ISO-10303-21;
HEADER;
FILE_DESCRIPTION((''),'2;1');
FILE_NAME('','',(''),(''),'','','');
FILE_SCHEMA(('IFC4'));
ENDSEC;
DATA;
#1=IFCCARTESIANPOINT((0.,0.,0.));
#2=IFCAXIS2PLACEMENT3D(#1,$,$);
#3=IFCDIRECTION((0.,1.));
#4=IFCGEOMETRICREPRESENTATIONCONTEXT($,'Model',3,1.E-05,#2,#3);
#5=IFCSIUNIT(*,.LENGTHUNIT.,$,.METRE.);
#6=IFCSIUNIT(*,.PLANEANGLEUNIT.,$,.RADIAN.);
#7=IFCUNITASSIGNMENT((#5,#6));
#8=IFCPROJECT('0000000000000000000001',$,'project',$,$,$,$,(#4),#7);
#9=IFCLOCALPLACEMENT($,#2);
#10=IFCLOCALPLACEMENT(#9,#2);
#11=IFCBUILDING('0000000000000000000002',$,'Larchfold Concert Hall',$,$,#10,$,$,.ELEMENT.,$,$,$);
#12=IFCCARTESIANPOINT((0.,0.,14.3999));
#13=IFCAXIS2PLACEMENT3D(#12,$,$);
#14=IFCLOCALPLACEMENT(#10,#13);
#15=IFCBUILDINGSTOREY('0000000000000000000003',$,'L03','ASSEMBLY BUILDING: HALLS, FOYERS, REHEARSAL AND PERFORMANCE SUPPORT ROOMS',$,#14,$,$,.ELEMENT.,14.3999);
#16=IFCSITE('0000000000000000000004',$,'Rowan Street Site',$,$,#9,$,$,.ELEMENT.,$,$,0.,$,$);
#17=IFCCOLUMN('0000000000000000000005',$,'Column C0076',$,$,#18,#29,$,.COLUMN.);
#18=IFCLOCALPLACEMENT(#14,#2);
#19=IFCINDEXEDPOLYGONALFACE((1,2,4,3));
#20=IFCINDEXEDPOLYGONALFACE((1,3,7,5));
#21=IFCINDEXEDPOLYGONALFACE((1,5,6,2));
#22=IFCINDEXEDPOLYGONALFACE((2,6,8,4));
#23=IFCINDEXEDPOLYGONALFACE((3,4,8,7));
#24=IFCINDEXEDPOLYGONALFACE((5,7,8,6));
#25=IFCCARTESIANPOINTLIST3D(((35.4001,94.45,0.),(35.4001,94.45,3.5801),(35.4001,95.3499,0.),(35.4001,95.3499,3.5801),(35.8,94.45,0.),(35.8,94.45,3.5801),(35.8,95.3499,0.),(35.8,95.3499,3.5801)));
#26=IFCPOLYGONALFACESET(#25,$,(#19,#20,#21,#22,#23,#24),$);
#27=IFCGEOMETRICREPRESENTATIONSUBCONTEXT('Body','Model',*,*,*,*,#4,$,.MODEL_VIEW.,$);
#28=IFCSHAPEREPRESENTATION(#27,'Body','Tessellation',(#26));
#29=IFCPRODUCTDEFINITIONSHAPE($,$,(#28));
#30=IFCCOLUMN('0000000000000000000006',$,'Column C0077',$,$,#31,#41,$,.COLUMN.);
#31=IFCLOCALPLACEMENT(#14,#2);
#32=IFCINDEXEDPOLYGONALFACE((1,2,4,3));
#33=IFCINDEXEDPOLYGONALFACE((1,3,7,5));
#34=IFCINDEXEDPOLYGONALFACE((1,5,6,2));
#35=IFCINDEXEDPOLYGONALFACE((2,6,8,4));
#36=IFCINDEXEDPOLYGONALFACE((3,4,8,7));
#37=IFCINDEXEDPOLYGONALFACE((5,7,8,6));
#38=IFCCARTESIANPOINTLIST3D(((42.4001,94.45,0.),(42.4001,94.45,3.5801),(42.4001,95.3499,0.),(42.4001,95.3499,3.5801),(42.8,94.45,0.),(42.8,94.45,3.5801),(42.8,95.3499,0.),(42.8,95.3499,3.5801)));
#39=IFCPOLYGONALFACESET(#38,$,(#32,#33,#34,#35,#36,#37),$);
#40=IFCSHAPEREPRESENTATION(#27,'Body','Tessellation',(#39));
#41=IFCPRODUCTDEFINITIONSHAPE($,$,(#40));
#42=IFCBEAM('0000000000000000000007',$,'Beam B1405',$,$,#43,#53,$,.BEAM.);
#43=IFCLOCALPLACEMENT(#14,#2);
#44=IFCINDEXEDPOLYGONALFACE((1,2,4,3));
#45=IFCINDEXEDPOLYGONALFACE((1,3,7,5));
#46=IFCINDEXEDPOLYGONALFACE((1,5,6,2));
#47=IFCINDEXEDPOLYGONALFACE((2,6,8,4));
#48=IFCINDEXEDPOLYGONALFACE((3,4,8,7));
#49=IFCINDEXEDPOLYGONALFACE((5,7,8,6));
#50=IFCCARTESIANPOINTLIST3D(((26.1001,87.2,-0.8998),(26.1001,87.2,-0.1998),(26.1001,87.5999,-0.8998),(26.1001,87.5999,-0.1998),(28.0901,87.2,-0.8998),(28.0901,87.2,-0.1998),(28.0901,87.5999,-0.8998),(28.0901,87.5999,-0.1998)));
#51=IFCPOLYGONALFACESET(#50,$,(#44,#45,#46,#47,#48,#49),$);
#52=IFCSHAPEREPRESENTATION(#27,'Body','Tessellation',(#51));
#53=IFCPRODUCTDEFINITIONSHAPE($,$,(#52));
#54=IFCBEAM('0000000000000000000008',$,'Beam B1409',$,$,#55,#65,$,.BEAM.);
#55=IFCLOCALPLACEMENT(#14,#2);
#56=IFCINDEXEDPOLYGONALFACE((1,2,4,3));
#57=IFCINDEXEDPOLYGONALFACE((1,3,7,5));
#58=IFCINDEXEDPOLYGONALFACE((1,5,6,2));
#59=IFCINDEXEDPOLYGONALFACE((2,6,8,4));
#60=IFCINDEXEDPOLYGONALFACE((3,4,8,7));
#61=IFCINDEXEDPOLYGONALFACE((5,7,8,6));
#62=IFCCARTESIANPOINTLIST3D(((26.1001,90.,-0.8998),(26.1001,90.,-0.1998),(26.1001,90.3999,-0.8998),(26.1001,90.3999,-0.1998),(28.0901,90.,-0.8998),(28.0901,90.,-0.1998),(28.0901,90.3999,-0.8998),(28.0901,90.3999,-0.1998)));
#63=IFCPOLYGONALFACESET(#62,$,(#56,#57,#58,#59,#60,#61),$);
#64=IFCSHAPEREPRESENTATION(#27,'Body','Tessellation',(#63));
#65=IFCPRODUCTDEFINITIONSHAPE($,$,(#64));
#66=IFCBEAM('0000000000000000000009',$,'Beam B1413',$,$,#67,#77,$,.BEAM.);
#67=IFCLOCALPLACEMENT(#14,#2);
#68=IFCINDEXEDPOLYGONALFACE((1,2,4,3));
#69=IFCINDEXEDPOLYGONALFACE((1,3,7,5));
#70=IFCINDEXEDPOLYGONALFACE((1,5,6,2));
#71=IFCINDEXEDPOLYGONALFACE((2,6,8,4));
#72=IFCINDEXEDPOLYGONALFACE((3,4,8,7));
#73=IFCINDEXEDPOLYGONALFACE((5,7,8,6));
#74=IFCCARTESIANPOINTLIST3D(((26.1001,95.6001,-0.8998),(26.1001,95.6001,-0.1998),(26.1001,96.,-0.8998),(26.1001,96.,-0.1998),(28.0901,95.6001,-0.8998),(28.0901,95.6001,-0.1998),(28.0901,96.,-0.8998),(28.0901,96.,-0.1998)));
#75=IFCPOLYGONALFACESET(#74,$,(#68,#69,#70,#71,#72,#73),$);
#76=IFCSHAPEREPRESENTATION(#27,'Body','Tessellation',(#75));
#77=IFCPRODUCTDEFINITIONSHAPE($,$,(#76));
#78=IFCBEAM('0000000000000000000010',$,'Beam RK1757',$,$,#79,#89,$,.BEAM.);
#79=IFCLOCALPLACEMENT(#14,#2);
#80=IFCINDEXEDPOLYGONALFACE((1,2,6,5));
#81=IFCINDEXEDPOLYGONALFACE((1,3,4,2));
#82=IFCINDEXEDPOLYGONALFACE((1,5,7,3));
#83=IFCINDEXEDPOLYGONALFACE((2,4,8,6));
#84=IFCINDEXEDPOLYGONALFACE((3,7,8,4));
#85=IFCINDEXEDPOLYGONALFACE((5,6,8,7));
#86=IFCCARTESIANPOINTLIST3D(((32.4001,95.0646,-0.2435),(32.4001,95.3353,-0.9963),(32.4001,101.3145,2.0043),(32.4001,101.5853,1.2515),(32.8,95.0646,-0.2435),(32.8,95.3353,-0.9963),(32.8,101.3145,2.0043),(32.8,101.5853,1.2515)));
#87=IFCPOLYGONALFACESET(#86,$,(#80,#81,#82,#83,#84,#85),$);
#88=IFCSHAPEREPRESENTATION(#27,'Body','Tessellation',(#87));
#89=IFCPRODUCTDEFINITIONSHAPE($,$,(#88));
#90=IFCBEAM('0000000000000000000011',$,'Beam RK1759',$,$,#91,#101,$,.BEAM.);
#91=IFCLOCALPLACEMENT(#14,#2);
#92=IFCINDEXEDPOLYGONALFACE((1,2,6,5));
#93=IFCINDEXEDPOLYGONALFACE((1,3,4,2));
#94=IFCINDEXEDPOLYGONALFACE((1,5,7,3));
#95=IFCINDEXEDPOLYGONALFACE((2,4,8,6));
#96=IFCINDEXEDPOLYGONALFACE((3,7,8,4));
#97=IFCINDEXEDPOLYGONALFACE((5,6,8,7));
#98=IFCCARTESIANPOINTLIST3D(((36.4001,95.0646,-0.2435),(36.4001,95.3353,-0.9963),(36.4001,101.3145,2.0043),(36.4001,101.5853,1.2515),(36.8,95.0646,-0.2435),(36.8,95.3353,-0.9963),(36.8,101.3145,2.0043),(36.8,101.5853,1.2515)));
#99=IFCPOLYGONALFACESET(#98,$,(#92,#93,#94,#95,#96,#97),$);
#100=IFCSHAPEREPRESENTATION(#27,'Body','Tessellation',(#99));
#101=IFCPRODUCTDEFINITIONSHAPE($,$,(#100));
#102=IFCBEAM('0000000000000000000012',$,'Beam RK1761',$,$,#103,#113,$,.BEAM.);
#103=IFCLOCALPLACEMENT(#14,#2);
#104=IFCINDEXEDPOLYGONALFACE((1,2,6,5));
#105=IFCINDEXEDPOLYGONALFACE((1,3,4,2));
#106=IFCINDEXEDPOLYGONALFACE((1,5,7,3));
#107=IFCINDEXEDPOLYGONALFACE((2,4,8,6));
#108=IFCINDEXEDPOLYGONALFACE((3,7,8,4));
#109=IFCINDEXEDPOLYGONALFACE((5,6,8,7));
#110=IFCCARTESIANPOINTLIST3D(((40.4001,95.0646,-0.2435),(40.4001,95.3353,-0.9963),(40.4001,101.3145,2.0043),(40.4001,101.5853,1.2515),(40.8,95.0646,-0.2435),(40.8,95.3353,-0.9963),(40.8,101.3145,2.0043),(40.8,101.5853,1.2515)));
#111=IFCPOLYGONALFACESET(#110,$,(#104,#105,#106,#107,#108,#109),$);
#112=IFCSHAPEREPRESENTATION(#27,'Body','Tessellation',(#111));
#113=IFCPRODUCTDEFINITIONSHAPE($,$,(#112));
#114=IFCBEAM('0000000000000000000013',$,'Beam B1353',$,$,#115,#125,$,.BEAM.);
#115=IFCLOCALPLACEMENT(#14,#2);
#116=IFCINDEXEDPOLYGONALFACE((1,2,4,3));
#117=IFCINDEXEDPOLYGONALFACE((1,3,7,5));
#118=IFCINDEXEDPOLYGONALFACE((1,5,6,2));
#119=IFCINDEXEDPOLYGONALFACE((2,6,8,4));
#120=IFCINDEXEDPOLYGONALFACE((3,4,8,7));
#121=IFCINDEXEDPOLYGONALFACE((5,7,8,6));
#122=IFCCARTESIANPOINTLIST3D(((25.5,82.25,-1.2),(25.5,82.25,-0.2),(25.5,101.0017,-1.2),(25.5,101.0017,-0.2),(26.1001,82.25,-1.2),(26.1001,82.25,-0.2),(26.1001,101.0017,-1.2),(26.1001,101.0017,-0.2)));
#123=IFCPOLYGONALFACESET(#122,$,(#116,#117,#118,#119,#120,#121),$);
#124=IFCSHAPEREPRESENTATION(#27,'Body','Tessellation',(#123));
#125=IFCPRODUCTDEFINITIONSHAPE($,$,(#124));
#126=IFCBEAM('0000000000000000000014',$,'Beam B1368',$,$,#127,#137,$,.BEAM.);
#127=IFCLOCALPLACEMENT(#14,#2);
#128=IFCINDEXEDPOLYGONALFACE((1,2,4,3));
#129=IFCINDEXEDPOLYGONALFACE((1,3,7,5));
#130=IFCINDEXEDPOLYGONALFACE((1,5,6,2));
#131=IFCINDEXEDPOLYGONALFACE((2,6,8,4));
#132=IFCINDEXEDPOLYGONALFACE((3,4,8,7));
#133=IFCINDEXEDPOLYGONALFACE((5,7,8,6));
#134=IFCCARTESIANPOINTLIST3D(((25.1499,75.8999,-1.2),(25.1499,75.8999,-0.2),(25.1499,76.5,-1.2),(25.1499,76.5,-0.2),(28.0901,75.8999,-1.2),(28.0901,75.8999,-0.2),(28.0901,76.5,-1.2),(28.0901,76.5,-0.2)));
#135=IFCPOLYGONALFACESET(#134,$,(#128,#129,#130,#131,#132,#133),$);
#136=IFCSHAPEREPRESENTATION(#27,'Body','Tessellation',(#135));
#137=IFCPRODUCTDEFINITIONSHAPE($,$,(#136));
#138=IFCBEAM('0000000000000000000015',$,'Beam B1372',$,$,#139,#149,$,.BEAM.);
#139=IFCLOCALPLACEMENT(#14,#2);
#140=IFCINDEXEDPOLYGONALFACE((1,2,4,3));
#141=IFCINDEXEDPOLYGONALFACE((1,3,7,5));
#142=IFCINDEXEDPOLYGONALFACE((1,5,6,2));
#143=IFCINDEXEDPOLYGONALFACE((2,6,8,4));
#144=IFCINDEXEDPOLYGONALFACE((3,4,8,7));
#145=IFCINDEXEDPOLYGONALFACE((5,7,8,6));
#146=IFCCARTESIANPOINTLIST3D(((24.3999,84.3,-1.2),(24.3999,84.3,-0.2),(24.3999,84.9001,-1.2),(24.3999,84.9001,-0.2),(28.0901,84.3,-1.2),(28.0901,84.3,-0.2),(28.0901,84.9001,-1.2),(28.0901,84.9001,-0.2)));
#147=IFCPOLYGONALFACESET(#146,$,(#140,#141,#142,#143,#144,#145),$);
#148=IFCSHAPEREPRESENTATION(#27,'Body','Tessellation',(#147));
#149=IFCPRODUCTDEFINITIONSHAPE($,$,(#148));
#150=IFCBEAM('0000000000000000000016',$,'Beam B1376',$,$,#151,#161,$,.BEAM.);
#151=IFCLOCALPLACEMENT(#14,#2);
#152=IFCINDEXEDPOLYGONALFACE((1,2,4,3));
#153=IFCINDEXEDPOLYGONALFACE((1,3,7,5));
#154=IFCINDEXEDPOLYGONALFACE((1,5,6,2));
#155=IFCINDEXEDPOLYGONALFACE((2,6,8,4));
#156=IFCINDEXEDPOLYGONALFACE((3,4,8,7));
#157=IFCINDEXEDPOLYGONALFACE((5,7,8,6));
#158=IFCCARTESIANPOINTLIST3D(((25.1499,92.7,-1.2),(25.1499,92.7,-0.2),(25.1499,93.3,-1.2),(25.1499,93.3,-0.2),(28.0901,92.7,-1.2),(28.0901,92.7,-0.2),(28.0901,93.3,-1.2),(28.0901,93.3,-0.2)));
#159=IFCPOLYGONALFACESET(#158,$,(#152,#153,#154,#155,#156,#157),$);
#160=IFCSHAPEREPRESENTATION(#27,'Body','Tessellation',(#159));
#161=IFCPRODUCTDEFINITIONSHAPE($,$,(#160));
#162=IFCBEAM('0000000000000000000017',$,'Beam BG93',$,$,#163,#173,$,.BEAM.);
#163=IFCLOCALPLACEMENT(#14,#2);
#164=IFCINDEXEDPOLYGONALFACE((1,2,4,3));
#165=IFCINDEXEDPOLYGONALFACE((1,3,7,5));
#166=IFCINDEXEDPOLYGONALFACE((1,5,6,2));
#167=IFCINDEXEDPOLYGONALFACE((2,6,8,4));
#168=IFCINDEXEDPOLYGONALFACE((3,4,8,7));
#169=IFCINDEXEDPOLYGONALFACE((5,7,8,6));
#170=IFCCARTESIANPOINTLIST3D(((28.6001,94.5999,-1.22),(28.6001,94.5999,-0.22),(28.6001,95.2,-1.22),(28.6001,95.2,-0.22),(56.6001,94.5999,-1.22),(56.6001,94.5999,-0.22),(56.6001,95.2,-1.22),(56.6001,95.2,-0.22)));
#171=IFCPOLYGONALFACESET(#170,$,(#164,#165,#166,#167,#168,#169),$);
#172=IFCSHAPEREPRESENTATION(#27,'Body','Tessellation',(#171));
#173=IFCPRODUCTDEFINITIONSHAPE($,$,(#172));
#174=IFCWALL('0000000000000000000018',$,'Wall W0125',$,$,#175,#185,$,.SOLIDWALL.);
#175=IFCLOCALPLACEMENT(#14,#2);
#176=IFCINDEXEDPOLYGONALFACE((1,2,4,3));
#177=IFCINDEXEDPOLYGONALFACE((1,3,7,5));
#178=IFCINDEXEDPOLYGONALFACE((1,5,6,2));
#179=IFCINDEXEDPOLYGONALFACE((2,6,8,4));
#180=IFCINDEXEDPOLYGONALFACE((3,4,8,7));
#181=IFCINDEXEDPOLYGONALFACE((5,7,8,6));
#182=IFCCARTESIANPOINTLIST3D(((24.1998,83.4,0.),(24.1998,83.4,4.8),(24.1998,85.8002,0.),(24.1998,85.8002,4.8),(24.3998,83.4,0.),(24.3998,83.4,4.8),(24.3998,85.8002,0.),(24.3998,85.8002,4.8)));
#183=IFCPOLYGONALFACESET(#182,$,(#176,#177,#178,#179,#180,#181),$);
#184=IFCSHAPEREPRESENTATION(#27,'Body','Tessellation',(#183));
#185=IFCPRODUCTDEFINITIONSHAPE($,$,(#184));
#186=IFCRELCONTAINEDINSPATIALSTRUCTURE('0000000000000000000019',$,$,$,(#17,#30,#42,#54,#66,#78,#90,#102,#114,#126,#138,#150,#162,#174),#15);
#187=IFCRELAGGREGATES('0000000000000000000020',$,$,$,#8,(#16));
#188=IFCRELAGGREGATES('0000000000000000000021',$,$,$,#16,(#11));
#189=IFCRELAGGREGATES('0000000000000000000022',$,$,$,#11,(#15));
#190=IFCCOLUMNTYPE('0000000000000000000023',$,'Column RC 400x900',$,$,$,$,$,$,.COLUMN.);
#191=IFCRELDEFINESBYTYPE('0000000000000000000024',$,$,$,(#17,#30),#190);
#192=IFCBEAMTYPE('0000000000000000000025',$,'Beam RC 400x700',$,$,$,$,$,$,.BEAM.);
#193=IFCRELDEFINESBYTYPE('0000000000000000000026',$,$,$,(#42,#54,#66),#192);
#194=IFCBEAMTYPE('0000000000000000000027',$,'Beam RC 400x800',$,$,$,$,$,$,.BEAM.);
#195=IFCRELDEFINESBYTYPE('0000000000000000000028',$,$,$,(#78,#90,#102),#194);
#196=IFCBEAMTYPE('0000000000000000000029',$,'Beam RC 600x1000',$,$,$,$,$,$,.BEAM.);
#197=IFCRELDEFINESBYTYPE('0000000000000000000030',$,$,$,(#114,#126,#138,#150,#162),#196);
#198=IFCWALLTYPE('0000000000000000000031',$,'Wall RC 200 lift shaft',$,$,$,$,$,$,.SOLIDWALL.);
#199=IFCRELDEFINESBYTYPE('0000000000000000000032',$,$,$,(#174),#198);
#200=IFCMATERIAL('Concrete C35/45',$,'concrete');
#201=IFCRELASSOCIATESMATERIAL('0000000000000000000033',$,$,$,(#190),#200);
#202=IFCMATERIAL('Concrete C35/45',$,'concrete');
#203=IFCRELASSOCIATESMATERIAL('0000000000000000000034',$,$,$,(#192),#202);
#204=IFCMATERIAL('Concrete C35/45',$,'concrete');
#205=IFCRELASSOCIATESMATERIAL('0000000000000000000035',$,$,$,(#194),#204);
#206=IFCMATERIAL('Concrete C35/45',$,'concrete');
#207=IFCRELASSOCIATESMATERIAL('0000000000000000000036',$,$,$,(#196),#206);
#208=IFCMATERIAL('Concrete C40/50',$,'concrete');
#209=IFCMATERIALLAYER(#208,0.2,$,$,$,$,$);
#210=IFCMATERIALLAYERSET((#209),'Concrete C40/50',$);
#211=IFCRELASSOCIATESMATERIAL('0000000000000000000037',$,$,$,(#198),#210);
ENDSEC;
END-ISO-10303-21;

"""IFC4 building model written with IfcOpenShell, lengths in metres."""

from ifc_helpers import new_model, si_unit, direction, frame, frame_2d, origin, origin_2d, place, context, subcontext, project, spatial, rectangle, extrude, material, layer, layer_set, material_profile, profile_set, type_object, element, save


model = new_model("IFC4")

# Units and contexts
model_context = context("Model", 3, precision=1e-05, world=origin(), true_north=direction((0.0, 1.0)))
body_context = subcontext(model_context, "Body", "Model", "MODEL_VIEW")
ifc_project = project(units=[si_unit("LENGTHUNIT", "METRE"), si_unit("PLANEANGLEUNIT", "RADIAN")], contexts=[model_context])

# Site, building, storey
site_placement = place(None, origin())
site = spatial("IfcSite", under=ifc_project, at=site_placement, Name="Rowan Street Site", CompositionType="ELEMENT", RefElevation=0.0)
building_placement = place(site_placement, origin())
building = spatial("IfcBuilding", under=site, at=building_placement, Name="Larchfold Concert Hall", CompositionType="ELEMENT")
storey_placement = place(building_placement, frame((0.0, 0.0, 14.3999)))
storey = spatial("IfcBuildingStorey", under=building, at=storey_placement, Name="L03", Description="ASSEMBLY BUILDING: HALLS, FOYERS, REHEARSAL AND PERFORMANCE SUPPORT ROOMS", CompositionType="ELEMENT", Elevation=14.3999)

# Columns
ifc_material_1 = material(Name="Concrete C35/45", Category="concrete")
ifc_material_profile_1 = material_profile(ifc_material_1, rectangle(XDim=0.3999, YDim=0.8999, at=origin_2d()))
ifc_profile_set_1 = profile_set([ifc_material_profile_1], Name="Concrete C35/45")
column_type = type_object("IfcColumnType", Name="Column RC 400x900", PredefinedType="COLUMN", material=ifc_profile_set_1)
for number, where, z_axis, x_axis, name in (
    (1, (35.6001, 94.8999, 0.0), (0.0, 0.0, 1.0), (1.0, 0.0, 0.0), "Column C0076"),
    (2, (42.6001, 94.8999, 0.0), (0.0, 0.0, 1.0), (1.0, 0.0, 0.0), "Column C0077"),
):
    element("IfcColumn", number, at=place(storey_placement, frame(where, z_axis=z_axis, x_axis=x_axis)), inside=storey, type_object=column_type, Name=name, PredefinedType="COLUMN", context=body_context, shape_type="SweptSolid", body=[
        extrude(rectangle(XDim=0.3999, YDim=0.8999, at=origin_2d()), origin(), (0.0, 0.0, 1.0), 3.5801),
    ])

# Beams
ifc_material_2 = material(Name="Concrete C35/45", Category="concrete")
ifc_material_profile_2 = material_profile(ifc_material_2, rectangle(XDim=0.3999, YDim=0.7, at=origin_2d()))
ifc_profile_set_2 = profile_set([ifc_material_profile_2], Name="Concrete C35/45")
beam_type_1 = type_object("IfcBeamType", Name="Beam RC 400x700", PredefinedType="BEAM", material=ifc_profile_set_2)
for number, where, z_axis, x_axis, name in (
    (3, (26.1001, 87.3999, -0.5498), (1.0, 0.0, 0.0), (0.0, 1.0, 0.0), "Beam B1405"),
    (4, (26.1001, 90.2, -0.5498), (1.0, 0.0, 0.0), (0.0, 1.0, 0.0), "Beam B1409"),
    (5, (26.1001, 95.8, -0.5498), (1.0, 0.0, 0.0), (0.0, 1.0, 0.0), "Beam B1413"),
):
    element("IfcBeam", number, at=place(storey_placement, frame(where, z_axis=z_axis, x_axis=x_axis)), inside=storey, type_object=beam_type_1, Name=name, PredefinedType="BEAM", context=body_context, shape_type="SweptSolid", body=[
        extrude(rectangle(XDim=0.3999, YDim=0.7, at=origin_2d()), origin(), (0.0, 0.0, 1.0), 1.99),
    ])
ifc_material_3 = material(Name="Concrete C35/45", Category="concrete")
ifc_material_profile_3 = material_profile(ifc_material_3, rectangle(XDim=0.3999, YDim=0.8, at=origin_2d()))
ifc_profile_set_3 = profile_set([ifc_material_profile_3], Name="Concrete C35/45")
beam_type_2 = type_object("IfcBeamType", Name="Beam RC 400x800", PredefinedType="BEAM", material=ifc_profile_set_3)
for number, where, z_axis, x_axis, name in (
    (6, (32.6001, 95.2, -0.6199), (0.0, 0.940993, 0.338427), (-1.0, 0.0, 0.0), "Beam RK1757"),
    (7, (36.6001, 95.2, -0.6199), (0.0, 0.940993, 0.338427), (-1.0, 0.0, 0.0), "Beam RK1759"),
    (8, (40.6001, 95.2, -0.6199), (0.0, 0.940993, 0.338427), (-1.0, 0.0, 0.0), "Beam RK1761"),
):
    element("IfcBeam", number, at=place(storey_placement, frame(where, z_axis=z_axis, x_axis=x_axis)), inside=storey, type_object=beam_type_2, Name=name, PredefinedType="BEAM", context=body_context, shape_type="SweptSolid", body=[
        extrude(rectangle(XDim=0.3999, YDim=0.8, at=origin_2d()), origin(), (0.0, 0.0, 1.0), 6.6418),
    ])
ifc_material_4 = material(Name="Concrete C35/45", Category="concrete")
ifc_material_profile_4 = material_profile(ifc_material_4, rectangle(XDim=0.6001, YDim=1.0, at=origin_2d()))
ifc_profile_set_4 = profile_set([ifc_material_profile_4], Name="Concrete C35/45")
beam_type_3 = type_object("IfcBeamType", Name="Beam RC 600x1000", PredefinedType="BEAM", material=ifc_profile_set_4)
beam_1_placement = place(storey_placement, frame((25.8, 82.25, -0.7), z_axis=(0.0, 1.0, 0.0), x_axis=(-1.0, 0.0, 0.0)))
element("IfcBeam", 9, at=beam_1_placement, inside=storey, type_object=beam_type_3, Name="Beam B1353", PredefinedType="BEAM", context=body_context, shape_type="SweptSolid", body=[
    extrude(rectangle(XDim=0.6001, YDim=1.0, at=origin_2d()), origin(), (0.0, 0.0, 1.0), 18.7517),
])
beam_2_placement = place(storey_placement, frame((25.1499, 76.2, -0.7), z_axis=(1.0, 0.0, 0.0), x_axis=(0.0, 1.0, 0.0)))
element("IfcBeam", 10, at=beam_2_placement, inside=storey, type_object=beam_type_3, Name="Beam B1368", PredefinedType="BEAM", context=body_context, shape_type="SweptSolid", body=[
    extrude(rectangle(XDim=0.6001, YDim=1.0, at=origin_2d()), origin(), (0.0, 0.0, 1.0), 2.9402),
])
beam_3_placement = place(storey_placement, frame((24.3999, 84.6001, -0.7), z_axis=(1.0, 0.0, 0.0), x_axis=(0.0, 1.0, 0.0)))
element("IfcBeam", 11, at=beam_3_placement, inside=storey, type_object=beam_type_3, Name="Beam B1372", PredefinedType="BEAM", context=body_context, shape_type="SweptSolid", body=[
    extrude(rectangle(XDim=0.6001, YDim=1.0, at=origin_2d()), origin(), (0.0, 0.0, 1.0), 3.6902),
])
beam_4_placement = place(storey_placement, frame((25.1499, 93.0, -0.7), z_axis=(1.0, 0.0, 0.0), x_axis=(0.0, 1.0, 0.0)))
element("IfcBeam", 12, at=beam_4_placement, inside=storey, type_object=beam_type_3, Name="Beam B1376", PredefinedType="BEAM", context=body_context, shape_type="SweptSolid", body=[
    extrude(rectangle(XDim=0.6001, YDim=1.0, at=origin_2d()), origin(), (0.0, 0.0, 1.0), 2.9402),
])
beam_5_placement = place(storey_placement, frame((28.6001, 94.8999, -0.72), z_axis=(1.0, 0.0, 0.0), x_axis=(0.0, 1.0, 0.0)))
element("IfcBeam", 13, at=beam_5_placement, inside=storey, type_object=beam_type_3, Name="Beam BG93", PredefinedType="BEAM", context=body_context, shape_type="SweptSolid", body=[
    extrude(rectangle(XDim=0.6001, YDim=1.0, at=origin_2d()), origin(), (0.0, 0.0, 1.0), 28.0),
])

# Wall
ifc_material_5 = material(Name="Concrete C40/50", Category="concrete")
ifc_layer_1 = layer(ifc_material_5, 0.2)
ifc_layer_set_1 = layer_set([ifc_layer_1], Name="Concrete C40/50")
wall_type_1 = type_object("IfcWallType", Name="Wall RC 200 lift shaft", PredefinedType="SOLIDWALL", material=ifc_layer_set_1)
wall_1_placement = place(storey_placement, frame((24.2998, 83.3999, 0.0), z_axis=(0.0, 0.0, 1.0), x_axis=(0.0, 1.0, 0.0)))
element("IfcWall", 14, at=wall_1_placement, inside=storey, type_object=wall_type_1, Name="Wall W0125", PredefinedType="SOLIDWALL", context=body_context, shape_type="SweptSolid", body=[
    extrude(rectangle(XDim=2.4001, YDim=0.2, at=frame_2d((1.2002, 0.0))), origin(), (0.0, 0.0, 1.0), 4.8),
])

save(model, "model.ifc")
